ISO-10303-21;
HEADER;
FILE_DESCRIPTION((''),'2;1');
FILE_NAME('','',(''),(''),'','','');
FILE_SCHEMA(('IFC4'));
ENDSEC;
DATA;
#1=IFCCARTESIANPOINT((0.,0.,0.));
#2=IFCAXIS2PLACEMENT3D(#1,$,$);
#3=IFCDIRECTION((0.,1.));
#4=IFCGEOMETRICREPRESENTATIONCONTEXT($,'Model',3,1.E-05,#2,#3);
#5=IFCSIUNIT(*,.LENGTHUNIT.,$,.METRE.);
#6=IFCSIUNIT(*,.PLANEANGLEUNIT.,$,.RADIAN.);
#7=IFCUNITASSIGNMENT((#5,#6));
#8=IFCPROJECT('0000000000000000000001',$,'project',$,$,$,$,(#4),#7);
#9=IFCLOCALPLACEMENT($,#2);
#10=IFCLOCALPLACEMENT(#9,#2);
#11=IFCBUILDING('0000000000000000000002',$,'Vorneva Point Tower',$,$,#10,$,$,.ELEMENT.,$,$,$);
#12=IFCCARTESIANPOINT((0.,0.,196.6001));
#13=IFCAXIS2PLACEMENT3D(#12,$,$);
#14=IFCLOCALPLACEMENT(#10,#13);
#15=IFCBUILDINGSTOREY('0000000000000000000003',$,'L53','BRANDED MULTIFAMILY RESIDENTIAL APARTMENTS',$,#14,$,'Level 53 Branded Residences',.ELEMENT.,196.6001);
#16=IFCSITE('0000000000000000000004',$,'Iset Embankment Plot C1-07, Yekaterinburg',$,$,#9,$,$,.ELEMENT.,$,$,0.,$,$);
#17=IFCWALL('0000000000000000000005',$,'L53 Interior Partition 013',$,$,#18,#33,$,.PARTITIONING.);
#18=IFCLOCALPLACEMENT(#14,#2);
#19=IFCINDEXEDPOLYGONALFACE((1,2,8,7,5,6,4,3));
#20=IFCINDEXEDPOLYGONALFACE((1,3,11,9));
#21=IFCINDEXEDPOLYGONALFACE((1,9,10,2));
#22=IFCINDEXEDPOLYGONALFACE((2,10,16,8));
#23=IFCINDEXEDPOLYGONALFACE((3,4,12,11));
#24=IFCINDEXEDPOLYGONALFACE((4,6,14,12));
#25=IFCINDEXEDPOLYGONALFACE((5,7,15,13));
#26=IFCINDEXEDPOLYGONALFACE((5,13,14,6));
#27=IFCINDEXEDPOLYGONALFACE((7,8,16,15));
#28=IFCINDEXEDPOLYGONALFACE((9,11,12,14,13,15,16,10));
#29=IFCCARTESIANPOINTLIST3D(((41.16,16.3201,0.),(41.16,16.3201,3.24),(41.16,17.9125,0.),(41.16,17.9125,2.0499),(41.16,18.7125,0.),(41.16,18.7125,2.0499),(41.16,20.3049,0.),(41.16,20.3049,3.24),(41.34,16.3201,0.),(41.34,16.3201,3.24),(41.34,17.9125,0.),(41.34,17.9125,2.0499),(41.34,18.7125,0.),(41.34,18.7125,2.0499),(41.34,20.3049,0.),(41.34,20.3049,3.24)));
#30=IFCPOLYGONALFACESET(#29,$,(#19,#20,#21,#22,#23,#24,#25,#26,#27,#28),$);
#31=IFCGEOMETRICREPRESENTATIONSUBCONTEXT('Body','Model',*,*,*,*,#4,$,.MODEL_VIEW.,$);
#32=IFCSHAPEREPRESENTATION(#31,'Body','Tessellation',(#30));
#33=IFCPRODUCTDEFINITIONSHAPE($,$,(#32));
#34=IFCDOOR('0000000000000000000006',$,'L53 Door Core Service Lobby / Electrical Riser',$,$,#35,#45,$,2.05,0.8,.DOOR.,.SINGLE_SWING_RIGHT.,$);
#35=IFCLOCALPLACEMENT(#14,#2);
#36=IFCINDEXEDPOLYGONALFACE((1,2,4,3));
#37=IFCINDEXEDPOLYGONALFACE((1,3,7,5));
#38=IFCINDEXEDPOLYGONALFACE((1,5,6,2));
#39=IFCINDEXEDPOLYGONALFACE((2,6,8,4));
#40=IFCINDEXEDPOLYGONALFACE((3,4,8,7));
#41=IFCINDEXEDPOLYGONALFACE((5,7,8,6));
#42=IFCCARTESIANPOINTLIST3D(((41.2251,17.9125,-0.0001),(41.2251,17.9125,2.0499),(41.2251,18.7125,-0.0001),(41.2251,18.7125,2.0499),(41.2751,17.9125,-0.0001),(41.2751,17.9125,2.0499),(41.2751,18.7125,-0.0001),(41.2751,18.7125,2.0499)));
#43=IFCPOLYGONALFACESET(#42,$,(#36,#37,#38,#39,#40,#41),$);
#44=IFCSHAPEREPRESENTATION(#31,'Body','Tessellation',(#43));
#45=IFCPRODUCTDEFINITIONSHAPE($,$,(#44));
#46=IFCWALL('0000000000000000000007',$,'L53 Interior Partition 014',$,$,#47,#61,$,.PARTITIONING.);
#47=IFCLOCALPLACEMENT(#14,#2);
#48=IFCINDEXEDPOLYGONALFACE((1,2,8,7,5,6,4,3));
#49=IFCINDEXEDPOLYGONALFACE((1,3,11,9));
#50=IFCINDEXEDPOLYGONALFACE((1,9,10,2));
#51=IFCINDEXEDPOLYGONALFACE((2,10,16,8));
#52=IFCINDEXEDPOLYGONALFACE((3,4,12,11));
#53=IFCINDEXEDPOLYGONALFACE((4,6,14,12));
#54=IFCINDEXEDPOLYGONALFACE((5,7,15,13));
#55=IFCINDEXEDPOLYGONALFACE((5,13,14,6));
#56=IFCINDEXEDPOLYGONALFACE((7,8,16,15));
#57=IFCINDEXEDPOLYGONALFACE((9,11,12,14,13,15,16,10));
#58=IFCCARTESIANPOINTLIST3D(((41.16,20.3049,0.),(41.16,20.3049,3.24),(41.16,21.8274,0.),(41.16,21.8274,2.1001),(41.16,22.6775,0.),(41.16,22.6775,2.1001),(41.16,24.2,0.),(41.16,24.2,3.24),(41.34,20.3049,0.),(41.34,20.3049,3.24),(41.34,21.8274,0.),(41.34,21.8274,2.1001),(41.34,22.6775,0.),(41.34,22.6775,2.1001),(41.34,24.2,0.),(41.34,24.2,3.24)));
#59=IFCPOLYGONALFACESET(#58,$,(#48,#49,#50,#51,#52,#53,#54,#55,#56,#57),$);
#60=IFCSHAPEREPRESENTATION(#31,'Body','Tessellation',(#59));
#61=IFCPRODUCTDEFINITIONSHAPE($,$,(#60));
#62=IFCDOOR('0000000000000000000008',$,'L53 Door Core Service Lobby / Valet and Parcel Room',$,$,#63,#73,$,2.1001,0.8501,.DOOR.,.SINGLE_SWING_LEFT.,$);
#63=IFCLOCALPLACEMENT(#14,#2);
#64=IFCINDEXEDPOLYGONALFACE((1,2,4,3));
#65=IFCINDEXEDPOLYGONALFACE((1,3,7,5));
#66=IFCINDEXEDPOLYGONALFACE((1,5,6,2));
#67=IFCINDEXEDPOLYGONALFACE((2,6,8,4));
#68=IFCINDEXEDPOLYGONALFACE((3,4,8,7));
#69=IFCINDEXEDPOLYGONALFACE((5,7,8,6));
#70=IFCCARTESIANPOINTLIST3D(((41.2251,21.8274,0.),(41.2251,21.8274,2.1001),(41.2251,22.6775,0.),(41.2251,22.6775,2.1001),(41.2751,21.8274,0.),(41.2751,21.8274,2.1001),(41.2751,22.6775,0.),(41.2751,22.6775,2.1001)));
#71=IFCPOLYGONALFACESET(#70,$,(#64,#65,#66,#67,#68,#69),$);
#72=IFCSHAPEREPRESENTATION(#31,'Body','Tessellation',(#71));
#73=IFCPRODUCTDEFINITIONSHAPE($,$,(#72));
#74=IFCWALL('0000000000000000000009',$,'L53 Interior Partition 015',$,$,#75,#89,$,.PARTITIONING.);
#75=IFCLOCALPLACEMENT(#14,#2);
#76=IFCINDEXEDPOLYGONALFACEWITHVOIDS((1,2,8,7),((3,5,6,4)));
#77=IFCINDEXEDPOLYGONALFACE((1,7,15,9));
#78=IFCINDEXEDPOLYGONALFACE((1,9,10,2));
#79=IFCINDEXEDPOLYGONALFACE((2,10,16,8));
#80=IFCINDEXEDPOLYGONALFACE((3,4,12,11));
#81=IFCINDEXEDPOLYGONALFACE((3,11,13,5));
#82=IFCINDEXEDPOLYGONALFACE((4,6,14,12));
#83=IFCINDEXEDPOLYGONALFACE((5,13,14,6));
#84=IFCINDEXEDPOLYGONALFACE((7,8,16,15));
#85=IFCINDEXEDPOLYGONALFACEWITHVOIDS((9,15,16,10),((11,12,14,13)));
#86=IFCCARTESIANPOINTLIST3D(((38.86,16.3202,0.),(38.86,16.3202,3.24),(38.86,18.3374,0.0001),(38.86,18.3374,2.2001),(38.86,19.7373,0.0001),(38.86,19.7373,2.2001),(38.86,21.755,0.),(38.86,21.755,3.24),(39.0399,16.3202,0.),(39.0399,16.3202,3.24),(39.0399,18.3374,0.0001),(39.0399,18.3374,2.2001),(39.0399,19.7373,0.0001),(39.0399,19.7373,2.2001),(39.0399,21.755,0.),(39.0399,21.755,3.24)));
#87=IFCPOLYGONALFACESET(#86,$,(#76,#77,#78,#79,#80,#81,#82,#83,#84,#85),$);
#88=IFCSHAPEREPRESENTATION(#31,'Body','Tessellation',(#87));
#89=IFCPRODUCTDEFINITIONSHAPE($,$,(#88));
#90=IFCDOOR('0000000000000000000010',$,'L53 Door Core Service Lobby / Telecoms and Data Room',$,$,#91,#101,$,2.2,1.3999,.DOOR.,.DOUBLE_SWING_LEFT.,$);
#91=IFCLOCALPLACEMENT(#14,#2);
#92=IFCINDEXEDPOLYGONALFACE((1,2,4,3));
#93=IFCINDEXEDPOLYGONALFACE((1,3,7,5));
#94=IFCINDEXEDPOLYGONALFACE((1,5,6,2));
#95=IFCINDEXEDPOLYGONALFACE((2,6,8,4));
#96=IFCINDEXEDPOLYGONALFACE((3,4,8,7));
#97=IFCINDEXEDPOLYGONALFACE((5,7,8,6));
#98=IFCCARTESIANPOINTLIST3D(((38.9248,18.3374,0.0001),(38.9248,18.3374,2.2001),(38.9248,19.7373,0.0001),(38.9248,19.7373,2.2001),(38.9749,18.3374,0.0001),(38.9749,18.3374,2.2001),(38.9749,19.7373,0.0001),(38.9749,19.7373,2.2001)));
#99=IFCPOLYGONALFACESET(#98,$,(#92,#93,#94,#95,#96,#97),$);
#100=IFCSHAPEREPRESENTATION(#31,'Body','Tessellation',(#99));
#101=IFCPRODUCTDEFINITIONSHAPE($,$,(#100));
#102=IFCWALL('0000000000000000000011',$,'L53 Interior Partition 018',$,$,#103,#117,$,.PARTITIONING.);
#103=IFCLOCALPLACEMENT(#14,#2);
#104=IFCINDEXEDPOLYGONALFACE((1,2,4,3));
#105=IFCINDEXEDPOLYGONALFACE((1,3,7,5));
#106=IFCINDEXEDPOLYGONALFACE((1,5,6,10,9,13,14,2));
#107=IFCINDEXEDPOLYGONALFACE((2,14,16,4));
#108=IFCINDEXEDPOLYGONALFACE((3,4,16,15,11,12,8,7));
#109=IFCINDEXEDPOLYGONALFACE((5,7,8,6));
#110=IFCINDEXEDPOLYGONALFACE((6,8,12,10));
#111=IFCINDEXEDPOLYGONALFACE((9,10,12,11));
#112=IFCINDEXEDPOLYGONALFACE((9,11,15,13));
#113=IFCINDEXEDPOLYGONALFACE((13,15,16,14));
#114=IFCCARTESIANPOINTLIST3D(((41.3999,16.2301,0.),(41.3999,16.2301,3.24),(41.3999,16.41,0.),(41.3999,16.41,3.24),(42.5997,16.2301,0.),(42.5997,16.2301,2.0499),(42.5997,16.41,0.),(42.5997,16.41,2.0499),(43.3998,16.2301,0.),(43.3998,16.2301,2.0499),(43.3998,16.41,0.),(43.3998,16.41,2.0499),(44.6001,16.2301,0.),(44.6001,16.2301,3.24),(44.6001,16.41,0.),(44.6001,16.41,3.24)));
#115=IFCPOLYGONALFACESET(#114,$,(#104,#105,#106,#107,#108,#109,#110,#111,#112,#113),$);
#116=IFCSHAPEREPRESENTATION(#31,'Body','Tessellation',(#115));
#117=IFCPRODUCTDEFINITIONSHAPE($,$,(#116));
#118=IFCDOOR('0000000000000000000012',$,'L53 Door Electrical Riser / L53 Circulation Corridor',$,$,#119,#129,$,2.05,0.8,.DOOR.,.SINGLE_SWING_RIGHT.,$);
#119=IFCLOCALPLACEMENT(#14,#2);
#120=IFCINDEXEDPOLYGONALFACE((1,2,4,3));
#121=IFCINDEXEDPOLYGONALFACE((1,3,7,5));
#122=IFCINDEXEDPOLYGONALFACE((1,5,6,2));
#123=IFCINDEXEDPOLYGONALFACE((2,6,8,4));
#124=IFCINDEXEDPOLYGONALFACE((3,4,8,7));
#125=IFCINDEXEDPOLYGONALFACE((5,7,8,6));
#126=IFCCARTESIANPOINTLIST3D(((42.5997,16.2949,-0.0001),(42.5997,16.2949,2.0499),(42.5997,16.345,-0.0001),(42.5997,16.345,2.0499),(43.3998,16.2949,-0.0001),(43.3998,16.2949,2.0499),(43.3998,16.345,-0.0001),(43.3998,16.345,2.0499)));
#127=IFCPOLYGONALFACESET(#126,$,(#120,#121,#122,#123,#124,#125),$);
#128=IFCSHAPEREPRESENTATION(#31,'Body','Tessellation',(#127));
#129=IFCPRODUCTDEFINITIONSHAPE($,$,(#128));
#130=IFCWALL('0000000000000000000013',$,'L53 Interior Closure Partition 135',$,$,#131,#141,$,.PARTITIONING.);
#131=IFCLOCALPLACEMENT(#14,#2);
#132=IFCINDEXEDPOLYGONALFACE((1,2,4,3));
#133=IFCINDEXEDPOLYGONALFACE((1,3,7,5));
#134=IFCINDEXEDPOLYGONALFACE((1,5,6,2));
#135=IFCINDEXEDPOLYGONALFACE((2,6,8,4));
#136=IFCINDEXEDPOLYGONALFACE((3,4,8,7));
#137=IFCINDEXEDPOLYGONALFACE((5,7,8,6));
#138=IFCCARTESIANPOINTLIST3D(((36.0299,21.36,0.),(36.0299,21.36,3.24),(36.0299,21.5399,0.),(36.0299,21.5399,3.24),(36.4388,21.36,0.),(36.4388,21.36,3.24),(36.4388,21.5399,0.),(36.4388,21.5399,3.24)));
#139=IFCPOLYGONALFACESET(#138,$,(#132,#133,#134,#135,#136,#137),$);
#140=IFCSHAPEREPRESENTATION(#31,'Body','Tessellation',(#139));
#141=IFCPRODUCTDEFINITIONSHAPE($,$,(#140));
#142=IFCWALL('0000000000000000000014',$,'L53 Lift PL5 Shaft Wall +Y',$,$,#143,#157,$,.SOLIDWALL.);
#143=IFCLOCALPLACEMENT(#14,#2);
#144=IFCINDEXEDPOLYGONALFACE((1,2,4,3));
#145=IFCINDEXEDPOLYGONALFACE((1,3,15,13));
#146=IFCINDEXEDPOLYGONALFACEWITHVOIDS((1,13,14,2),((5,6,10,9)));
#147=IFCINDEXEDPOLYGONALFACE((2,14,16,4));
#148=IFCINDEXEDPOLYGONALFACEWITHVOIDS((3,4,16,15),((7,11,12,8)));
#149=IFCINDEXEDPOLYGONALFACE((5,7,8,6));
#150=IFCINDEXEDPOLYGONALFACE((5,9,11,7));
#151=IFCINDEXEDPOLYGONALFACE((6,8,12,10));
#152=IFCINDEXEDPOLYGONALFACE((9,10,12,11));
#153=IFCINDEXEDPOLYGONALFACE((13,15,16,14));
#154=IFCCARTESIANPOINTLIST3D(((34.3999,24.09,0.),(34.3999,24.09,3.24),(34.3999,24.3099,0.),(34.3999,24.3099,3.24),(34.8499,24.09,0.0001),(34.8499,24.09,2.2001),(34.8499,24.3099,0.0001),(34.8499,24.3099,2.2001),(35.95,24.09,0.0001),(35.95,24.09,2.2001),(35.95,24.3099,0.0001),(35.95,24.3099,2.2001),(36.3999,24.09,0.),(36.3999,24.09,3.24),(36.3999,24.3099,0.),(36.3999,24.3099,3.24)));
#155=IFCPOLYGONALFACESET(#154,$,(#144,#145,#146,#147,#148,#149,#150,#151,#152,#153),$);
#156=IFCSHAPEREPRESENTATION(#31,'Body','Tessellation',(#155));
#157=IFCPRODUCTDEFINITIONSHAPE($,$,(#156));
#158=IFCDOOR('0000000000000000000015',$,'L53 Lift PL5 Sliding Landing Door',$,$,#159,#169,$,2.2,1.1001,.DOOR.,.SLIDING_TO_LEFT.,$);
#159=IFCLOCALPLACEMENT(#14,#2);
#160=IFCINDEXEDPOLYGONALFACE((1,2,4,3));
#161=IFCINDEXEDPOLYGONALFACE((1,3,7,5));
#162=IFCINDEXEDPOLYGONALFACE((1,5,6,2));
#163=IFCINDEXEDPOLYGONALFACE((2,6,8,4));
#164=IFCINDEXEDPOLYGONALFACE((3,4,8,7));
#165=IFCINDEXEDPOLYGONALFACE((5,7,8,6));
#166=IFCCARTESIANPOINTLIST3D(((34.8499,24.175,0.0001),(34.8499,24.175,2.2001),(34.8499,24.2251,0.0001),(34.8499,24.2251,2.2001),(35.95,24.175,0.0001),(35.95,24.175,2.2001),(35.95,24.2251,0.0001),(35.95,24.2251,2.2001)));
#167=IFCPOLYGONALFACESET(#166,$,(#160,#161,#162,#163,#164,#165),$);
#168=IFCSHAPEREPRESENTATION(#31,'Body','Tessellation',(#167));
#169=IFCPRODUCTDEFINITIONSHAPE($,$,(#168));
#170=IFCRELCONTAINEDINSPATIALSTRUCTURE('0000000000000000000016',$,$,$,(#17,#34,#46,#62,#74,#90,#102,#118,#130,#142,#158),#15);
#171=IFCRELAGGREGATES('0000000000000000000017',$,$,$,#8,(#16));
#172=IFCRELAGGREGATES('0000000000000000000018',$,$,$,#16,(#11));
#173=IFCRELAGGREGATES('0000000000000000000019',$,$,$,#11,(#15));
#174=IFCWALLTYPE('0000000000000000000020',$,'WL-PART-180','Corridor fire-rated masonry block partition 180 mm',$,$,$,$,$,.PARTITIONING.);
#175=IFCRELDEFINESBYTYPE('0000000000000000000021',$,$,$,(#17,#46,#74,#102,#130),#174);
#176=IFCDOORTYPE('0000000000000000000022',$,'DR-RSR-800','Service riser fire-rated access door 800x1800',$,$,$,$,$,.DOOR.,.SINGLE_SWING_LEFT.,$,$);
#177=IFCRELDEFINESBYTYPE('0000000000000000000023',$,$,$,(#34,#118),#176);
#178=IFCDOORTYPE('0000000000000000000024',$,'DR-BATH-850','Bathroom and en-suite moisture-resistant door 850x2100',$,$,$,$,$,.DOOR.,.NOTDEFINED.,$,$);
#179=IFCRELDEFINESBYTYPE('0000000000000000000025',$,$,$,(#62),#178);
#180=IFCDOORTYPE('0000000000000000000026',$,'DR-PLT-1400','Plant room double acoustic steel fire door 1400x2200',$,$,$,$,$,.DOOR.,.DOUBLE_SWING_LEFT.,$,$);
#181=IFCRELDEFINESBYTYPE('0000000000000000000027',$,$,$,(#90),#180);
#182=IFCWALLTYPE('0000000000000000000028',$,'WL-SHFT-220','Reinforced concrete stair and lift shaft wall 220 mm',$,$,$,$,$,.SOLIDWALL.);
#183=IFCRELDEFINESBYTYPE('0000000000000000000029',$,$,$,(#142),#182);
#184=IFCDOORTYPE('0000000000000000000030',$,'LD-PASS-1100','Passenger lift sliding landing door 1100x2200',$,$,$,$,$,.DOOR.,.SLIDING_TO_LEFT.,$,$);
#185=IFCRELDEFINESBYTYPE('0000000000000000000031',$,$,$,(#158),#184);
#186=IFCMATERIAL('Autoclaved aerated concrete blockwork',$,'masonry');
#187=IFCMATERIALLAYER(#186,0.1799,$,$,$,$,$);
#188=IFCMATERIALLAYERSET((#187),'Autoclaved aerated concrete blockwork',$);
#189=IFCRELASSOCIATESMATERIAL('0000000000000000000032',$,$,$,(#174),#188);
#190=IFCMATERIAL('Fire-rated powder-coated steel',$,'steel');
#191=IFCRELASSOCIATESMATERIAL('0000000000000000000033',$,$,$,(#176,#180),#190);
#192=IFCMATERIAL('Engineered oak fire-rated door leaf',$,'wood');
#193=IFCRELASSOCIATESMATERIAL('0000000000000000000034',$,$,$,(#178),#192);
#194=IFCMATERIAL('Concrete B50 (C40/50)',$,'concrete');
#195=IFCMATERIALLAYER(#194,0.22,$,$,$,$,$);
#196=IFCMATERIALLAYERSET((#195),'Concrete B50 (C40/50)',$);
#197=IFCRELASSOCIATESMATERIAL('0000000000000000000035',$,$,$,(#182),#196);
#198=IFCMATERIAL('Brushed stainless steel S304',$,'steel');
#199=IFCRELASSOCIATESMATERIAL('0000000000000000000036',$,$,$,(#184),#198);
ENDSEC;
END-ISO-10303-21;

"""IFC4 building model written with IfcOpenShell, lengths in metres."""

from ifc_helpers import new_model, si_unit, direction, frame, frame_2d, origin, place, context, subcontext, project, spatial, rectangle, extrude, material, layer, layer_set, type_object, element, fill, save


model = new_model("IFC4")

# Units and contexts
model_context = context("Model", 3, precision=1e-05, world=origin(), true_north=direction((0.0, 1.0)))
body_context = subcontext(model_context, "Body", "Model", "MODEL_VIEW")
ifc_project = project(units=[si_unit("LENGTHUNIT", "METRE"), si_unit("PLANEANGLEUNIT", "RADIAN")], contexts=[model_context])

# Site, building, storey
site_placement = place(None, origin())
site = spatial("IfcSite", under=ifc_project, at=site_placement, Name="Iset Embankment Plot C1-07, Yekaterinburg", CompositionType="ELEMENT", RefElevation=0.0)
building_placement = place(site_placement, origin())
building = spatial("IfcBuilding", under=site, at=building_placement, Name="Vorneva Point Tower", CompositionType="ELEMENT")
storey_placement = place(building_placement, frame((0.0, 0.0, 196.6001)))
storey = spatial("IfcBuildingStorey", under=building, at=storey_placement, Name="L53", Description="BRANDED MULTIFAMILY RESIDENTIAL APARTMENTS", LongName="Level 53 Branded Residences", CompositionType="ELEMENT", Elevation=196.6001)

# Walls, openings, doors
ifc_material_1 = material(Name="Autoclaved aerated concrete blockwork", Category="masonry")
ifc_layer_1 = layer(ifc_material_1, 0.1799)
ifc_layer_set_1 = layer_set([ifc_layer_1], Name="Autoclaved aerated concrete blockwork")
wall_type_1 = type_object("IfcWallType", Name="WL-PART-180", Description="Corridor fire-rated masonry block partition 180 mm", PredefinedType="PARTITIONING", material=ifc_layer_set_1)
ifc_material_2 = material(Name="Fire-rated powder-coated steel", Category="steel")
wall_1_placement = place(storey_placement, frame((41.25, 16.3201, 0.0), z_axis=(0.0, 0.0, 1.0), x_axis=(0.0, 1.0, 0.0)))
wall_1 = element("IfcWall", 1, at=wall_1_placement, inside=storey, type_object=wall_type_1, Name="L53 Interior Partition 013", PredefinedType="PARTITIONING", context=body_context, shape_type="SweptSolid", body=[
    extrude(rectangle(XDim=3.9849, YDim=0.1799, at=frame_2d((1.9924, 0.0))), origin(), (0.0, 0.0, 1.0), 3.24),
])
opening_1_placement = place(wall_1_placement, frame((1.5925, 0.0, 0.0)))
opening_1 = element("IfcOpeningElement", 2, at=opening_1_placement, cuts=wall_1, PredefinedType="OPENING", context=body_context, shape_type="SweptSolid", body=[
    extrude(rectangle(XDim=0.8, YDim=2.05, at=frame_2d((0.3999, 1.0249))), frame((0.0, 0.105, 0.0), z_axis=(0.0, -1.0, 0.0), x_axis=(1.0, 0.0, 0.0)), (0.0, 0.0, 1.0), 0.2097),
])
door_type_1 = type_object("IfcDoorType", Name="DR-RSR-800", Description="Service riser fire-rated access door 800x1800", OperationType="SINGLE_SWING_LEFT", PredefinedType="DOOR", material=ifc_material_2)
door_1_placement = place(opening_1_placement, origin())
door_1 = element("IfcDoor", 3, at=door_1_placement, inside=storey, type_object=door_type_1, Name="L53 Door Core Service Lobby / Electrical Riser", OperationType="SINGLE_SWING_RIGHT", OverallHeight=2.05, OverallWidth=0.8, PredefinedType="DOOR", context=body_context, shape_type="SweptSolid", body=[
    extrude(rectangle(XDim=0.8, YDim=2.05, at=frame_2d((0.3999, 1.0249))), frame((0.0, 0.0249, 0.0), z_axis=(0.0, -1.0, 0.0), x_axis=(1.0, 0.0, 0.0)), (0.0, 0.0, 1.0), 0.05),
])
fill(opening_1, door_1)
wall_2_placement = place(storey_placement, frame((41.25, 20.3049, 0.0), z_axis=(0.0, 0.0, 1.0), x_axis=(0.0, 1.0, 0.0)))
wall_2 = element("IfcWall", 4, at=wall_2_placement, inside=storey, type_object=wall_type_1, Name="L53 Interior Partition 014", PredefinedType="PARTITIONING", context=body_context, shape_type="SweptSolid", body=[
    extrude(rectangle(XDim=3.895, YDim=0.1799, at=frame_2d((1.9475, 0.0))), origin(), (0.0, 0.0, 1.0), 3.24),
])
opening_2_placement = place(wall_2_placement, frame((1.5225, 0.0, 0.0)))
opening_2 = element("IfcOpeningElement", 5, at=opening_2_placement, cuts=wall_2, PredefinedType="OPENING", context=body_context, shape_type="SweptSolid", body=[
    extrude(rectangle(XDim=0.8501, YDim=2.1001, at=frame_2d((0.425, 1.05))), frame((0.0, 0.105, 0.0), z_axis=(0.0, -1.0, 0.0), x_axis=(1.0, 0.0, 0.0)), (0.0, 0.0, 1.0), 0.2097),
])
ifc_material_3 = material(Name="Engineered oak fire-rated door leaf", Category="wood")
door_type_2 = type_object("IfcDoorType", Name="DR-BATH-850", Description="Bathroom and en-suite moisture-resistant door 850x2100", OperationType="NOTDEFINED", PredefinedType="DOOR", material=ifc_material_3)
door_2_placement = place(opening_2_placement, origin())
door_2 = element("IfcDoor", 6, at=door_2_placement, inside=storey, type_object=door_type_2, Name="L53 Door Core Service Lobby / Valet and Parcel Room", OperationType="SINGLE_SWING_LEFT", OverallHeight=2.1001, OverallWidth=0.8501, PredefinedType="DOOR", context=body_context, shape_type="SweptSolid", body=[
    extrude(rectangle(XDim=0.8501, YDim=2.1001, at=frame_2d((0.425, 1.05))), frame((0.0, 0.0249, 0.0), z_axis=(0.0, -1.0, 0.0), x_axis=(1.0, 0.0, 0.0)), (0.0, 0.0, 1.0), 0.05),
])
fill(opening_2, door_2)
wall_3_placement = place(storey_placement, frame((38.95, 21.7549, 0.0), z_axis=(0.0, 0.0, 1.0), x_axis=(0.0, -1.0, 0.0)))
wall_3 = element("IfcWall", 7, at=wall_3_placement, inside=storey, type_object=wall_type_1, Name="L53 Interior Partition 015", PredefinedType="PARTITIONING", context=body_context, shape_type="SweptSolid", body=[
    extrude(rectangle(XDim=5.4348, YDim=0.1799, at=frame_2d((2.7173, 0.0))), origin(), (0.0, 0.0, 1.0), 3.24),
])
opening_3_placement = place(wall_3_placement, frame((2.0176, 0.0, 0.0)))
opening_3 = element("IfcOpeningElement", 8, at=opening_3_placement, cuts=wall_3, PredefinedType="OPENING", context=body_context, shape_type="SweptSolid", body=[
    extrude(rectangle(XDim=1.3999, YDim=2.2, at=frame_2d((0.7, 1.1001))), frame((0.0, 0.105, 0.0), z_axis=(0.0, -1.0, 0.0), x_axis=(1.0, 0.0, 0.0)), (0.0, 0.0, 1.0), 0.2097),
])
door_type_3 = type_object("IfcDoorType", Name="DR-PLT-1400", Description="Plant room double acoustic steel fire door 1400x2200", OperationType="DOUBLE_SWING_LEFT", PredefinedType="DOOR", material=ifc_material_2)
door_3_placement = place(opening_3_placement, origin())
door_3 = element("IfcDoor", 9, at=door_3_placement, inside=storey, type_object=door_type_3, Name="L53 Door Core Service Lobby / Telecoms and Data Room", OperationType="DOUBLE_SWING_LEFT", OverallHeight=2.2, OverallWidth=1.3999, PredefinedType="DOOR", context=body_context, shape_type="SweptSolid", body=[
    extrude(rectangle(XDim=1.3999, YDim=2.2, at=frame_2d((0.7, 1.1001))), frame((0.0, 0.0249, 0.0), z_axis=(0.0, -1.0, 0.0), x_axis=(1.0, 0.0, 0.0)), (0.0, 0.0, 1.0), 0.05),
])
fill(opening_3, door_3)
wall_4_placement = place(storey_placement, frame((41.3999, 16.3201, 0.0), z_axis=(0.0, 0.0, 1.0), x_axis=(1.0, 0.0, 0.0)))
wall_4 = element("IfcWall", 10, at=wall_4_placement, inside=storey, type_object=wall_type_1, Name="L53 Interior Partition 018", PredefinedType="PARTITIONING", context=body_context, shape_type="SweptSolid", body=[
    extrude(rectangle(XDim=3.2002, YDim=0.1799, at=frame_2d((1.6001, 0.0))), origin(), (0.0, 0.0, 1.0), 3.24),
])
opening_4_placement = place(wall_4_placement, frame((1.2, 0.0, 0.0)))
opening_4 = element("IfcOpeningElement", 11, at=opening_4_placement, cuts=wall_4, PredefinedType="OPENING", context=body_context, shape_type="SweptSolid", body=[
    extrude(rectangle(XDim=0.8, YDim=2.05, at=frame_2d((0.3999, 1.0249))), frame((0.0, 0.105, 0.0), z_axis=(0.0, -1.0, 0.0), x_axis=(1.0, 0.0, 0.0)), (0.0, 0.0, 1.0), 0.2097),
])
door_4_placement = place(opening_4_placement, origin())
door_4 = element("IfcDoor", 12, at=door_4_placement, inside=storey, type_object=door_type_1, Name="L53 Door Electrical Riser / L53 Circulation Corridor", OperationType="SINGLE_SWING_RIGHT", OverallHeight=2.05, OverallWidth=0.8, PredefinedType="DOOR", context=body_context, shape_type="SweptSolid", body=[
    extrude(rectangle(XDim=0.8, YDim=2.05, at=frame_2d((0.3999, 1.0249))), frame((0.0, 0.0249, 0.0), z_axis=(0.0, -1.0, 0.0), x_axis=(1.0, 0.0, 0.0)), (0.0, 0.0, 1.0), 0.05),
])
fill(opening_4, door_4)

# Wall
wall_5_placement = place(storey_placement, frame((36.439, 21.45, 0.0), z_axis=(0.0, 0.0, 1.0), x_axis=(-1.0, 0.0, 0.0)))
element("IfcWall", 13, at=wall_5_placement, inside=storey, type_object=wall_type_1, Name="L53 Interior Closure Partition 135", PredefinedType="PARTITIONING", context=body_context, shape_type="SweptSolid", body=[
    extrude(rectangle(XDim=0.4089, YDim=0.1799, at=frame_2d((0.2046, 0.0))), origin(), (0.0, 0.0, 1.0), 3.24),
])

# Wall, opening, door
ifc_material_4 = material(Name="Concrete B50 (C40/50)", Category="concrete")
ifc_layer_2 = layer(ifc_material_4, 0.22)
ifc_layer_set_2 = layer_set([ifc_layer_2], Name="Concrete B50 (C40/50)")
wall_type_2 = type_object("IfcWallType", Name="WL-SHFT-220", Description="Reinforced concrete stair and lift shaft wall 220 mm", PredefinedType="SOLIDWALL", material=ifc_layer_set_2)
wall_6_placement = place(storey_placement, frame((36.3999, 24.2, 0.0), z_axis=(0.0, 0.0, 1.0), x_axis=(-1.0, 0.0, 0.0)))
wall_6 = element("IfcWall", 14, at=wall_6_placement, inside=storey, type_object=wall_type_2, Name="L53 Lift PL5 Shaft Wall +Y", PredefinedType="SOLIDWALL", context=body_context, shape_type="SweptSolid", body=[
    extrude(rectangle(XDim=2.0, YDim=0.22, at=frame_2d((1.0, 0.0))), origin(), (0.0, 0.0, 1.0), 3.24),
])
opening_5_placement = place(wall_6_placement, frame((0.45, 0.0, 0.0)))
opening_5 = element("IfcOpeningElement", 15, at=opening_5_placement, cuts=wall_6, PredefinedType="OPENING", context=body_context, shape_type="SweptSolid", body=[
    extrude(rectangle(XDim=1.1001, YDim=2.2, at=frame_2d((0.55, 1.1001))), frame((0.0, 0.125, 0.0), z_axis=(0.0, -1.0, 0.0), x_axis=(1.0, 0.0, 0.0)), (0.0, 0.0, 1.0), 0.2498),
])
ifc_material_5 = material(Name="Brushed stainless steel S304", Category="steel")
door_type_4 = type_object("IfcDoorType", Name="LD-PASS-1100", Description="Passenger lift sliding landing door 1100x2200", OperationType="SLIDING_TO_LEFT", PredefinedType="DOOR", material=ifc_material_5)
door_5_placement = place(opening_5_placement, origin())
door_5 = element("IfcDoor", 16, at=door_5_placement, inside=storey, type_object=door_type_4, Name="L53 Lift PL5 Sliding Landing Door", OperationType="SLIDING_TO_LEFT", OverallHeight=2.2, OverallWidth=1.1001, PredefinedType="DOOR", context=body_context, shape_type="SweptSolid", body=[
    extrude(rectangle(XDim=1.1001, YDim=2.2, at=frame_2d((0.55, 1.1001))), frame((0.0, 0.0249, 0.0), z_axis=(0.0, -1.0, 0.0), x_axis=(1.0, 0.0, 0.0)), (0.0, 0.0, 1.0), 0.05),
])
fill(opening_5, door_5)

save(model, "model.ifc")
